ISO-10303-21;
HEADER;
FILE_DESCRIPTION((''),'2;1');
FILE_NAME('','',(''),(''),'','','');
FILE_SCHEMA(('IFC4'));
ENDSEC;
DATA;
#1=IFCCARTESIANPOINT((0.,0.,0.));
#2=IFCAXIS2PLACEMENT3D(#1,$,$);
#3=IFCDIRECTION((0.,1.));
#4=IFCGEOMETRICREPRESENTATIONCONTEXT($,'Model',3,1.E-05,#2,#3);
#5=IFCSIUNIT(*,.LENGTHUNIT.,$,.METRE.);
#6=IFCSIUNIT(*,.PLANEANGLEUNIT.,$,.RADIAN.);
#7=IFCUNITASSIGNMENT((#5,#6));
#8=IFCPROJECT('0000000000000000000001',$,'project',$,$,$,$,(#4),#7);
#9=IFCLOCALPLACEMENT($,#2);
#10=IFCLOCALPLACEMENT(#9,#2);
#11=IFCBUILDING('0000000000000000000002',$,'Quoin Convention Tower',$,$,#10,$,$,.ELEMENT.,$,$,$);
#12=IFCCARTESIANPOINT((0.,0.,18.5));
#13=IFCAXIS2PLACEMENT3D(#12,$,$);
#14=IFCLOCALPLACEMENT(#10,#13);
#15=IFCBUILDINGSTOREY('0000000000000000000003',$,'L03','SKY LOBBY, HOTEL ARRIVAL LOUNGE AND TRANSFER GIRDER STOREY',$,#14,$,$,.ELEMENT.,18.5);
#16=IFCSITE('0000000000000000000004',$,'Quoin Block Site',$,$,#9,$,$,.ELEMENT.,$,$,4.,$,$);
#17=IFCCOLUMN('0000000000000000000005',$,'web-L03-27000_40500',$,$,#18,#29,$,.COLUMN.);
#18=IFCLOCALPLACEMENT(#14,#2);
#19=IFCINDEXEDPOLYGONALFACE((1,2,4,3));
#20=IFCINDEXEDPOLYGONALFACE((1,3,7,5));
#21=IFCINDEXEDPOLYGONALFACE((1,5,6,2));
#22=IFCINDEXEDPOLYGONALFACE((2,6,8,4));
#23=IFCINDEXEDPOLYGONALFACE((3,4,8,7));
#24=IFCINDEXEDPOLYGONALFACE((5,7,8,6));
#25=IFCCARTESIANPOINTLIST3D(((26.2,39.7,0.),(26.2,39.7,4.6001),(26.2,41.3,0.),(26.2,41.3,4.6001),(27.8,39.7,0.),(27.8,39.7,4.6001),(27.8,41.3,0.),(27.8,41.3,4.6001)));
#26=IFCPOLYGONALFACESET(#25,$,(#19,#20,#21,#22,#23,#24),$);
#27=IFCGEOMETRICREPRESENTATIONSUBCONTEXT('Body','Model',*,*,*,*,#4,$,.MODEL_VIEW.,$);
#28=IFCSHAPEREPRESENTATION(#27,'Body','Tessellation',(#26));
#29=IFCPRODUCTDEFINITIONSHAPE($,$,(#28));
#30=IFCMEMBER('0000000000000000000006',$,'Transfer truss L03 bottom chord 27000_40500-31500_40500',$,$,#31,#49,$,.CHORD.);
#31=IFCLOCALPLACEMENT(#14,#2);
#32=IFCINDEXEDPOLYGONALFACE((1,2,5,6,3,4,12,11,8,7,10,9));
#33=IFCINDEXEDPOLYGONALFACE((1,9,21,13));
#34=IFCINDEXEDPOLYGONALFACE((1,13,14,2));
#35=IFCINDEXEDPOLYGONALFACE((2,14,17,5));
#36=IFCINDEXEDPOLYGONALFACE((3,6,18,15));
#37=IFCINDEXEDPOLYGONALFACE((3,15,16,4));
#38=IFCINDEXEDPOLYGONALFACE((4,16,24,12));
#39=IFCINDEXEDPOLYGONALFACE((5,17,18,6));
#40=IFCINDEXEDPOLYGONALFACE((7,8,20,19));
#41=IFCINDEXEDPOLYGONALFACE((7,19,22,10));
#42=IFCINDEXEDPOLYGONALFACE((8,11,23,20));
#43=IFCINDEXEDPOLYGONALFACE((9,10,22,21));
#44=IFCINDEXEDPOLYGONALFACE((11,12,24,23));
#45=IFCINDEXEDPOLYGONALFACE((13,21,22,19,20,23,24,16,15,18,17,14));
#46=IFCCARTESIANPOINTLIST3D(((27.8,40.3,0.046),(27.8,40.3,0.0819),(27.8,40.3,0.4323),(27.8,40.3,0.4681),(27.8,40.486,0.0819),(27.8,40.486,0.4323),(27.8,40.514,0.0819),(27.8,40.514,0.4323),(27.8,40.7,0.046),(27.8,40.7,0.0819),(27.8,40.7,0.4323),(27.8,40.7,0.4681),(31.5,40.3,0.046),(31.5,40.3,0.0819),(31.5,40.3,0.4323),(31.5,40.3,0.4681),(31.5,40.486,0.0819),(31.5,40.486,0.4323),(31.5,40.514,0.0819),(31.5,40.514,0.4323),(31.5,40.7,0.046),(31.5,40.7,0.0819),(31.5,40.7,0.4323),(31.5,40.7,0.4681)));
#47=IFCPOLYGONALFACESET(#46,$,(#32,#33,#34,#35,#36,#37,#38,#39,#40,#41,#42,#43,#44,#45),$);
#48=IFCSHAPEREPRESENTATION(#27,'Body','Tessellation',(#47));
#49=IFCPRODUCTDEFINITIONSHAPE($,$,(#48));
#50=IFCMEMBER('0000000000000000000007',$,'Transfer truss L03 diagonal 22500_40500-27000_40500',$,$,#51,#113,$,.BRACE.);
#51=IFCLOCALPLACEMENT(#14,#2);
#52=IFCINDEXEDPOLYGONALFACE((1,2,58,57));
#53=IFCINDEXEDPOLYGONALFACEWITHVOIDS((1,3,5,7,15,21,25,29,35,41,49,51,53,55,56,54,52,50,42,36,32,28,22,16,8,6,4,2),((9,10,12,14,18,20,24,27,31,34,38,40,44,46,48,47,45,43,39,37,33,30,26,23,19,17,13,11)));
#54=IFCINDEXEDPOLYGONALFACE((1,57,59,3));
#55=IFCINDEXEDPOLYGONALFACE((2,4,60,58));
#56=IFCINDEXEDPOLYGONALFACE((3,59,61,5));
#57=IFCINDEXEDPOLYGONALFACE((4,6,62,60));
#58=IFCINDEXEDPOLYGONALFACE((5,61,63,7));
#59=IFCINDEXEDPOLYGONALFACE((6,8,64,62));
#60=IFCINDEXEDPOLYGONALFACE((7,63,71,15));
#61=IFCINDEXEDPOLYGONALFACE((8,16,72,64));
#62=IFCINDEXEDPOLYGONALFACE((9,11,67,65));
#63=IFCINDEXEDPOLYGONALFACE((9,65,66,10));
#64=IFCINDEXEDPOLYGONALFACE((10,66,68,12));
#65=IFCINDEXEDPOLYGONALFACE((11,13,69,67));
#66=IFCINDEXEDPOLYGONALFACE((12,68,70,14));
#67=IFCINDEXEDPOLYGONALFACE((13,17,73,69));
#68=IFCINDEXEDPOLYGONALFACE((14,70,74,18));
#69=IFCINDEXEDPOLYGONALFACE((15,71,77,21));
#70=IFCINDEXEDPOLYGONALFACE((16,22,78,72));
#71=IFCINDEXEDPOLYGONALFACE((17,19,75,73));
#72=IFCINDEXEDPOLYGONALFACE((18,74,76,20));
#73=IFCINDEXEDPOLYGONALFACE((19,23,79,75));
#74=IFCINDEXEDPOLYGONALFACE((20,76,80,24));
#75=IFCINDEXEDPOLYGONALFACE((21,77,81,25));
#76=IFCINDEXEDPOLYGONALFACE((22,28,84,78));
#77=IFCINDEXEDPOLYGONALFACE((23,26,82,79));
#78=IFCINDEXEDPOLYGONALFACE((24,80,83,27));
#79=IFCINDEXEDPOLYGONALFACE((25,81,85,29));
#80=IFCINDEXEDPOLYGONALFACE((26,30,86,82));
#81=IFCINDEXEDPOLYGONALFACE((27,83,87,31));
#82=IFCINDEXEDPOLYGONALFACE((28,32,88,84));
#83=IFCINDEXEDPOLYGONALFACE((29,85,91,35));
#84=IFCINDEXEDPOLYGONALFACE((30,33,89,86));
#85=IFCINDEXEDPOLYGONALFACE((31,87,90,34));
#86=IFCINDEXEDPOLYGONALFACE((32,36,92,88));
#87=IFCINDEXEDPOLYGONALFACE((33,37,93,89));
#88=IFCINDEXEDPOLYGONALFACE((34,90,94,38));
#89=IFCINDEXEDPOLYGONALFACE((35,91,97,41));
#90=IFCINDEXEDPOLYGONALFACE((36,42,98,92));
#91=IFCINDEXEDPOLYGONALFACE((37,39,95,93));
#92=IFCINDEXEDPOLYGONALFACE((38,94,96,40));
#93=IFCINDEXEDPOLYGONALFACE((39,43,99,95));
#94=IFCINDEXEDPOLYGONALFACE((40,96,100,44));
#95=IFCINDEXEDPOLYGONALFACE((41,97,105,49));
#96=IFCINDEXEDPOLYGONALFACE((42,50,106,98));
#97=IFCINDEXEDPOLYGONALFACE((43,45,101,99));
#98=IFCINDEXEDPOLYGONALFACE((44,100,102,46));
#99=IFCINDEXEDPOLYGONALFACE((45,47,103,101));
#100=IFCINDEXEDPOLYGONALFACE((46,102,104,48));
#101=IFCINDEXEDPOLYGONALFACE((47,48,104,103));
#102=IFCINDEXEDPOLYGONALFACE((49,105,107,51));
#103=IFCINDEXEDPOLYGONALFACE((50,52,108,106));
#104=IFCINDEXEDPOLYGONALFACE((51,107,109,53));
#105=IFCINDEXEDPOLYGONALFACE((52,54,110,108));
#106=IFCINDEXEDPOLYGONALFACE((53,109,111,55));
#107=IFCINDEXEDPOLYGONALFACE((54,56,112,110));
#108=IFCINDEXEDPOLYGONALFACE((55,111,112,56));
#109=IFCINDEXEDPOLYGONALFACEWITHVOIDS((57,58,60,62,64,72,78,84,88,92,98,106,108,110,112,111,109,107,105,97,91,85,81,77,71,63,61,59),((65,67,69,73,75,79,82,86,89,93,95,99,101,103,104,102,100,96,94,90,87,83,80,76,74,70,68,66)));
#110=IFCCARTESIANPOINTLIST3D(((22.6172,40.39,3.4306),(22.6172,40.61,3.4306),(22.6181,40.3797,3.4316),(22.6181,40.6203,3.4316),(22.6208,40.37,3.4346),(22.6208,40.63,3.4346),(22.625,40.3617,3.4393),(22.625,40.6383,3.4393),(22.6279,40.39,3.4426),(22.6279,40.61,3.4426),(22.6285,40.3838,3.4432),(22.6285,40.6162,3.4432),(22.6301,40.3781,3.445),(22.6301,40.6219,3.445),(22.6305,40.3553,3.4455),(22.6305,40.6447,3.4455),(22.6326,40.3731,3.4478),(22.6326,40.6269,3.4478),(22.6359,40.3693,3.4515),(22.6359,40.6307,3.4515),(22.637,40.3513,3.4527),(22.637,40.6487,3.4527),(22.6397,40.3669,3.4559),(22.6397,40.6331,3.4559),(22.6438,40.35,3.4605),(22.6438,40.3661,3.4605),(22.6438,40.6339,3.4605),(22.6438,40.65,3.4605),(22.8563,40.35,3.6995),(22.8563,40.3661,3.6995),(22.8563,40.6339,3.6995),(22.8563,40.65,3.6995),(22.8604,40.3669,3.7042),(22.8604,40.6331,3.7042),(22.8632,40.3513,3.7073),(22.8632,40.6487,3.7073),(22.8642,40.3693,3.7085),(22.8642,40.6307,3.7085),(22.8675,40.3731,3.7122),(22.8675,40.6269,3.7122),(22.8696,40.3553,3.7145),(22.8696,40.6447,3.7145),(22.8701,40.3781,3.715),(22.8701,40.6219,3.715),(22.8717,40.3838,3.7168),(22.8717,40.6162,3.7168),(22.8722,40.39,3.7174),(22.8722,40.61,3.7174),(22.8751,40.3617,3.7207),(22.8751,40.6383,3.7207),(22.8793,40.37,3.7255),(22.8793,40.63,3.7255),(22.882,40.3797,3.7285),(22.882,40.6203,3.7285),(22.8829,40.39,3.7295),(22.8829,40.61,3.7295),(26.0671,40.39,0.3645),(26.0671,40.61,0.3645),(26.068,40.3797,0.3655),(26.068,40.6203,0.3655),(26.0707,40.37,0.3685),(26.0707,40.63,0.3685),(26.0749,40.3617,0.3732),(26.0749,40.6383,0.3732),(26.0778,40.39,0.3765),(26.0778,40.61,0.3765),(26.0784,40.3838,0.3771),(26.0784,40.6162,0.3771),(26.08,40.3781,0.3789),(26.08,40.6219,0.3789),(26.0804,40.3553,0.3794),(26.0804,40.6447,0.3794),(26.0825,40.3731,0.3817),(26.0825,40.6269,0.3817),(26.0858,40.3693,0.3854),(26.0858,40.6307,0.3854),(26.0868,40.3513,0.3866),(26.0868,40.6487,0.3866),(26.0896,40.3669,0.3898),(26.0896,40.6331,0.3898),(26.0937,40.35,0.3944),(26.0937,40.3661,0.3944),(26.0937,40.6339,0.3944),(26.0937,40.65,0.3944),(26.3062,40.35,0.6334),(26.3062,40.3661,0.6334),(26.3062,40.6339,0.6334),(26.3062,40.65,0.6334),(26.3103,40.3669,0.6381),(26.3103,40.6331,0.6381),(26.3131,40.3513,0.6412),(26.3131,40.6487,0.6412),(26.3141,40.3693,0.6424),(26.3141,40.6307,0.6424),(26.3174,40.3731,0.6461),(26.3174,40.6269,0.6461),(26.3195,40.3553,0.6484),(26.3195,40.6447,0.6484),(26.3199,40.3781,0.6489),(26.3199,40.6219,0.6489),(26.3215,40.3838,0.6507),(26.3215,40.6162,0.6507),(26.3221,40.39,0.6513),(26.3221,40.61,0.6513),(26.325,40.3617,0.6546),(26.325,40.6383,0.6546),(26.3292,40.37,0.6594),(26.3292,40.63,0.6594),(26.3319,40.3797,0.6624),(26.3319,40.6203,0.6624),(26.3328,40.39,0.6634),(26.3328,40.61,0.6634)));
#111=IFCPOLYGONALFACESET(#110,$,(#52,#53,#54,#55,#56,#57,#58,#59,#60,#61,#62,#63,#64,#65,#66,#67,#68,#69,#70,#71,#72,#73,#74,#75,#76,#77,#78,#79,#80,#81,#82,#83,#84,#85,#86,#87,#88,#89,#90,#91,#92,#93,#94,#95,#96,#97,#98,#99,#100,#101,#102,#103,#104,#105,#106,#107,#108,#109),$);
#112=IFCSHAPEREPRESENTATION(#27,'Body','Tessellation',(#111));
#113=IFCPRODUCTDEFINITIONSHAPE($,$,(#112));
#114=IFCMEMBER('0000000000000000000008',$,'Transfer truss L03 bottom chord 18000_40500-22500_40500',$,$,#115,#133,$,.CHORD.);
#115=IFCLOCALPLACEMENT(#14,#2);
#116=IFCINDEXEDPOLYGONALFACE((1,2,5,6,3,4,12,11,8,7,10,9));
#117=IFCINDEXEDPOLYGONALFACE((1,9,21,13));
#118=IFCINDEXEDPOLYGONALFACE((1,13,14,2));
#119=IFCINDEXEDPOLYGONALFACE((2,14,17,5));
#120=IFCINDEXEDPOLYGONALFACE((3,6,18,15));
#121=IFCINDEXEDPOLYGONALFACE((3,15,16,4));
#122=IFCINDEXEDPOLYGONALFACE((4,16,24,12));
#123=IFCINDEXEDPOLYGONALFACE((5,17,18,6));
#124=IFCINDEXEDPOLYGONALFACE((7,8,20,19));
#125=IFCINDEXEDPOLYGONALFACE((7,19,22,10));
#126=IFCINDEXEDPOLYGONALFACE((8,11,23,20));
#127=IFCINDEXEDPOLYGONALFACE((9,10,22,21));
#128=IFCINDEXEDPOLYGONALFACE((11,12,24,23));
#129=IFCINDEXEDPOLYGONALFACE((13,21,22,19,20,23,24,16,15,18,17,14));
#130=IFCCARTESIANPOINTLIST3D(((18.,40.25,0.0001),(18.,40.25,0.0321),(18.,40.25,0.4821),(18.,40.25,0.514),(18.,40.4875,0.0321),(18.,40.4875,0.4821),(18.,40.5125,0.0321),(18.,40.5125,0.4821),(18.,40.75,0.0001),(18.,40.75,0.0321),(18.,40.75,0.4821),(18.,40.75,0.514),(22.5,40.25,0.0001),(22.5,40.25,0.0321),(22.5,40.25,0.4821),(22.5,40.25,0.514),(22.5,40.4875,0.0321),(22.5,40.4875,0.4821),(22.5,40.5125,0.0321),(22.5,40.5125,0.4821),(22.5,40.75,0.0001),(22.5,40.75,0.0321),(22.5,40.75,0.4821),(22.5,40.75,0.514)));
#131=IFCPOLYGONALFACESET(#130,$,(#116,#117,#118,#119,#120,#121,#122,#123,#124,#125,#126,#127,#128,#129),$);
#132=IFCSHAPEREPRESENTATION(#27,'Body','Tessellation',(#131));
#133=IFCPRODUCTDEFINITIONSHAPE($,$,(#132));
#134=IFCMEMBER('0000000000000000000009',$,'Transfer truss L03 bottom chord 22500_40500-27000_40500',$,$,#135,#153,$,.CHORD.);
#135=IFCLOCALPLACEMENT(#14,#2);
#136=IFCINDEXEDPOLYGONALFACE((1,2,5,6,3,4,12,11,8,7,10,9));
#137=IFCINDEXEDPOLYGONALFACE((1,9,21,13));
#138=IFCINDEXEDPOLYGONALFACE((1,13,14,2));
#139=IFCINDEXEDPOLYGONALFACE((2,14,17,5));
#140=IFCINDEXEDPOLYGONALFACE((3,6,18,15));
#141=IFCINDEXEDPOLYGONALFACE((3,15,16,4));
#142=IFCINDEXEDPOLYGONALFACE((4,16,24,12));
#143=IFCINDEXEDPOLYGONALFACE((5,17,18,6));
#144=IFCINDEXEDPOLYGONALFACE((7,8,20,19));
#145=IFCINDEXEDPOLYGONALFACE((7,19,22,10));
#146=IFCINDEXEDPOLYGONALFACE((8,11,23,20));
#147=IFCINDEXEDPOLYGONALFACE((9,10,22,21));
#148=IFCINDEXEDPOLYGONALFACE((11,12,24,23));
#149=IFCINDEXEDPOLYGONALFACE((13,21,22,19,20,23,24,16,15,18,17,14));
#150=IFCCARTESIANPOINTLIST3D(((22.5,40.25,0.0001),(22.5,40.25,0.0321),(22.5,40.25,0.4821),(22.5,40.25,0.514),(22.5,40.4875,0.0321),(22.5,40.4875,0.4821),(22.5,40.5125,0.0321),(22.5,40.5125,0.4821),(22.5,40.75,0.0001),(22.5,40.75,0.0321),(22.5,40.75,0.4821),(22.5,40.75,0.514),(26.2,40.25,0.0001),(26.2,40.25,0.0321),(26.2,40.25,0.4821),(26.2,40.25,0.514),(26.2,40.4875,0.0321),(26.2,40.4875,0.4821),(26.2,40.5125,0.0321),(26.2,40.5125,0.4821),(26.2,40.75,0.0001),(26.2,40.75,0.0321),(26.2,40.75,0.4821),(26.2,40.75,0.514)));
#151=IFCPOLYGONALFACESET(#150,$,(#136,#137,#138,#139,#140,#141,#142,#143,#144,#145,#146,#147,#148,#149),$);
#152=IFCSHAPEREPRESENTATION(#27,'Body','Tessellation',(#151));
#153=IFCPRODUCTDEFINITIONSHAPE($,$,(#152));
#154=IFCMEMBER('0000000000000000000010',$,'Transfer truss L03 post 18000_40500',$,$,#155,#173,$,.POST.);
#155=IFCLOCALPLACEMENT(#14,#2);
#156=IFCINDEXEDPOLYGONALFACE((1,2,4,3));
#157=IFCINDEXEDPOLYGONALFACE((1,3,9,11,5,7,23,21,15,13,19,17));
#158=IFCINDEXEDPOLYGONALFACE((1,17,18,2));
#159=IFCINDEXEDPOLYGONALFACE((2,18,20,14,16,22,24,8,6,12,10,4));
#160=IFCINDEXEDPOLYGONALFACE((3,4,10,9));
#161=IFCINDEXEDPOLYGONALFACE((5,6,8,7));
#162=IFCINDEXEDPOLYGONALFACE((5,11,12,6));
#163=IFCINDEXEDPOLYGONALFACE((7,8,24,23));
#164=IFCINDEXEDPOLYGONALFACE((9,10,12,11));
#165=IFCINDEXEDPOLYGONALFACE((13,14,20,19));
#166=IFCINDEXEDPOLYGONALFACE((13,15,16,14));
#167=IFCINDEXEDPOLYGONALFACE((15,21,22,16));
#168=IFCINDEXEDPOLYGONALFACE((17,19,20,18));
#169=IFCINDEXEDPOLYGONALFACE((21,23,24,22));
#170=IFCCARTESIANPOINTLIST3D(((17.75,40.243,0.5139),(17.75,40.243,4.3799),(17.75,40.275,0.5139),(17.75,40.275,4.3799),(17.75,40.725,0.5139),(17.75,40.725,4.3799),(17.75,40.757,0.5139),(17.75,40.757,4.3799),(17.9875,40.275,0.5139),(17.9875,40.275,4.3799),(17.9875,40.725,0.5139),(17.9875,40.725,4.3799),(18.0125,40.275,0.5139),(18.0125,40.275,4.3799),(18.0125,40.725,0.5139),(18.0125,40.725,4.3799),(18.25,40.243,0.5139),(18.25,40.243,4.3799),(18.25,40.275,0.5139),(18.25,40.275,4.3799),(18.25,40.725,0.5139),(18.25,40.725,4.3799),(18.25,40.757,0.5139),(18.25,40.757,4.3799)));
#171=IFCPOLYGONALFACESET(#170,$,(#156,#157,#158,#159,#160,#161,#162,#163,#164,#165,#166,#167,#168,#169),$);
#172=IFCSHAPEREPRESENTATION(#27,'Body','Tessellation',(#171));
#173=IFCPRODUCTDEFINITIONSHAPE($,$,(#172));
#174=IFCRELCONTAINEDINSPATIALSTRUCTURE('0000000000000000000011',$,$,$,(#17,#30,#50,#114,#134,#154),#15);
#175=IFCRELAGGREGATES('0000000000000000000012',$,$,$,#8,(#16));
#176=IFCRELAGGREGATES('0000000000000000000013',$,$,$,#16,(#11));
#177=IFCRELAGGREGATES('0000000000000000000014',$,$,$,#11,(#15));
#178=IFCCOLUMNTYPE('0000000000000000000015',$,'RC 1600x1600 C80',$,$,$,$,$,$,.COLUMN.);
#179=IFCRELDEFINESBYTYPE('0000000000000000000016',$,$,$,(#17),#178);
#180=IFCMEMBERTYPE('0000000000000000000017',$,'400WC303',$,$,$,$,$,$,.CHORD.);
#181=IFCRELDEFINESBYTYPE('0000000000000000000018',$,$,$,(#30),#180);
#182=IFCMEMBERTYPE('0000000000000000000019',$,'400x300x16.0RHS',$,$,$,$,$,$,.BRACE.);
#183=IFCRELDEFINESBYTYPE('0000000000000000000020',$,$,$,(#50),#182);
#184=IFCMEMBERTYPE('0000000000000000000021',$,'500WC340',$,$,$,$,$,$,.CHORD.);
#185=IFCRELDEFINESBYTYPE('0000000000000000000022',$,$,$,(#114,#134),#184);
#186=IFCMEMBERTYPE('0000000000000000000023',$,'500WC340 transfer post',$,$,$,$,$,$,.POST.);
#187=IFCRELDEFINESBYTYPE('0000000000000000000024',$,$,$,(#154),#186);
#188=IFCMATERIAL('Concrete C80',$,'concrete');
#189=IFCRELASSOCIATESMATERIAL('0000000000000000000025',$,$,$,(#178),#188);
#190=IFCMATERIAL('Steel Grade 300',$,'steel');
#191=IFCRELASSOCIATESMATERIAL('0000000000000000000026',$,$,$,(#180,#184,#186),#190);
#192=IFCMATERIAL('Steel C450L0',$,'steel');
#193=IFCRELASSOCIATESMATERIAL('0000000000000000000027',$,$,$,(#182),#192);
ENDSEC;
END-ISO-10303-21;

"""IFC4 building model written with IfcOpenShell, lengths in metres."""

from ifc_helpers import new_model, si_unit, direction, frame, origin, origin_2d, place, context, subcontext, project, spatial, rectangle, hollow_rectangle, i_section, extrude, material, material_profile, profile_set, type_object, element, save


model = new_model("IFC4")

# Units and contexts
model_context = context("Model", 3, precision=1e-05, world=origin(), true_north=direction((0.0, 1.0)))
body_context = subcontext(model_context, "Body", "Model", "MODEL_VIEW")
ifc_project = project(units=[si_unit("LENGTHUNIT", "METRE"), si_unit("PLANEANGLEUNIT", "RADIAN")], contexts=[model_context])

# Site, building, storey
site_placement = place(None, origin())
site = spatial("IfcSite", under=ifc_project, at=site_placement, Name="Quoin Block Site", CompositionType="ELEMENT", RefElevation=4.0)
building_placement = place(site_placement, origin())
building = spatial("IfcBuilding", under=site, at=building_placement, Name="Quoin Convention Tower", CompositionType="ELEMENT")
storey_placement = place(building_placement, frame((0.0, 0.0, 18.5)))
storey = spatial("IfcBuildingStorey", under=building, at=storey_placement, Name="L03", Description="SKY LOBBY, HOTEL ARRIVAL LOUNGE AND TRANSFER GIRDER STOREY", CompositionType="ELEMENT", Elevation=18.5)

# Column
ifc_material_1 = material(Name="Concrete C80", Category="concrete")
ifc_material_profile_1 = material_profile(ifc_material_1, rectangle(XDim=1.6001, YDim=1.6001, at=origin_2d()), Name="RC 1600x1600")
ifc_profile_set_1 = profile_set([ifc_material_profile_1], Name="Concrete C80")
column_type = type_object("IfcColumnType", Name="RC 1600x1600 C80", PredefinedType="COLUMN", material=ifc_profile_set_1)
column_placement = place(storey_placement, frame((27.0, 40.5, 0.0), z_axis=(0.0, 0.0, 1.0), x_axis=(1.0, 0.0, 0.0)))
element("IfcColumn", 1, at=column_placement, inside=storey, type_object=column_type, Name="web-L03-27000_40500", PredefinedType="COLUMN", context=body_context, shape_type="SweptSolid", body=[
    extrude(rectangle(XDim=1.6001, YDim=1.6001, at=origin_2d()), origin(), (0.0, 0.0, 1.0), 4.6001),
])

# Members
ifc_material_2 = material(Name="Steel Grade 300", Category="steel")
ifc_material_profile_2 = material_profile(ifc_material_2, i_section(OverallWidth=0.3999, OverallDepth=0.4221, WebThickness=0.0281, FlangeThickness=0.0359, at=origin_2d()), Name="400WC303")
ifc_profile_set_2 = profile_set([ifc_material_profile_2], Name="Steel Grade 300")
member_type_1 = type_object("IfcMemberType", Name="400WC303", PredefinedType="CHORD", material=ifc_profile_set_2)
member_1_placement = place(storey_placement, frame((27.8, 40.5, 0.2571), z_axis=(1.0, 0.0, 0.0), x_axis=(0.0, 1.0, 0.0)))
element("IfcMember", 2, at=member_1_placement, inside=storey, type_object=member_type_1, Name="Transfer truss L03 bottom chord 27000_40500-31500_40500", PredefinedType="CHORD", context=body_context, shape_type="SweptSolid", body=[
    extrude(i_section(OverallWidth=0.3999, OverallDepth=0.4221, WebThickness=0.0281, FlangeThickness=0.0359, at=origin_2d()), origin(), (0.0, 0.0, 1.0), 3.7),
])
ifc_material_3 = material(Name="Steel C450L0", Category="steel")
ifc_material_profile_3 = material_profile(ifc_material_3, hollow_rectangle(XDim=0.3, YDim=0.3999, WallThickness=0.0161, InnerFilletRadius=0.0239, OuterFilletRadius=0.04, at=origin_2d()), Name="400x300x16.0RHS")
ifc_profile_set_3 = profile_set([ifc_material_profile_3], Name="Steel C450L0")
member_type_2 = type_object("IfcMemberType", Name="400x300x16.0RHS", PredefinedType="BRACE", material=ifc_profile_set_3)
member_2_placement = place(storey_placement, frame((26.2, 40.5, 0.5139), z_axis=(-0.747459, 0.0, 0.664308), x_axis=(0.0, -1.0, 0.0)))
element("IfcMember", 3, at=member_2_placement, inside=storey, type_object=member_type_2, Name="Transfer truss L03 diagonal 22500_40500-27000_40500", PredefinedType="BRACE", context=body_context, shape_type="SweptSolid", body=[
    extrude(hollow_rectangle(XDim=0.3, YDim=0.3999, WallThickness=0.0161, InnerFilletRadius=0.0239, OuterFilletRadius=0.04, at=origin_2d()), origin(), (0.0, 0.0, 1.0), 4.6155),
])
ifc_material_profile_4 = material_profile(ifc_material_2, i_section(OverallWidth=0.5, OverallDepth=0.5139, WebThickness=0.0249, FlangeThickness=0.032, at=origin_2d()), Name="500WC340")
ifc_profile_set_4 = profile_set([ifc_material_profile_4], Name="Steel Grade 300")
member_type_3 = type_object("IfcMemberType", Name="500WC340", PredefinedType="CHORD", material=ifc_profile_set_4)
member_3_placement = place(storey_placement, frame((18.0, 40.5, 0.2571), z_axis=(1.0, 0.0, 0.0), x_axis=(0.0, 1.0, 0.0)))
element("IfcMember", 4, at=member_3_placement, inside=storey, type_object=member_type_3, Name="Transfer truss L03 bottom chord 18000_40500-22500_40500", PredefinedType="CHORD", context=body_context, shape_type="SweptSolid", body=[
    extrude(i_section(OverallWidth=0.5, OverallDepth=0.5139, WebThickness=0.0249, FlangeThickness=0.032, at=origin_2d()), origin(), (0.0, 0.0, 1.0), 4.5),
])
member_4_placement = place(storey_placement, frame((22.5, 40.5, 0.2571), z_axis=(1.0, 0.0, 0.0), x_axis=(0.0, 1.0, 0.0)))
element("IfcMember", 5, at=member_4_placement, inside=storey, type_object=member_type_3, Name="Transfer truss L03 bottom chord 22500_40500-27000_40500", PredefinedType="CHORD", context=body_context, shape_type="SweptSolid", body=[
    extrude(i_section(OverallWidth=0.5, OverallDepth=0.5139, WebThickness=0.0249, FlangeThickness=0.032, at=origin_2d()), origin(), (0.0, 0.0, 1.0), 3.7),
])
ifc_material_profile_5 = material_profile(ifc_material_2, i_section(OverallWidth=0.5, OverallDepth=0.5139, WebThickness=0.0249, FlangeThickness=0.032, at=origin_2d()), Name="500WC340")
ifc_profile_set_5 = profile_set([ifc_material_profile_5], Name="Steel Grade 300")
member_type_4 = type_object("IfcMemberType", Name="500WC340 transfer post", PredefinedType="POST", material=ifc_profile_set_5)
for number, where, z_axis, x_axis, name in (
    (6, (18.0, 40.5, 0.5139), (0.0, 0.0, 1.0), (1.0, 0.0, 0.0), "Transfer truss L03 post 18000_40500"),
):
    element("IfcMember", number, at=place(storey_placement, frame(where, z_axis=z_axis, x_axis=x_axis)), inside=storey, type_object=member_type_4, Name=name, PredefinedType="POST", context=body_context, shape_type="SweptSolid", body=[
        extrude(i_section(OverallWidth=0.5, OverallDepth=0.5139, WebThickness=0.0249, FlangeThickness=0.032, at=origin_2d()), origin(), (0.0, 0.0, 1.0), 3.866),
    ])

save(model, "model.ifc")
